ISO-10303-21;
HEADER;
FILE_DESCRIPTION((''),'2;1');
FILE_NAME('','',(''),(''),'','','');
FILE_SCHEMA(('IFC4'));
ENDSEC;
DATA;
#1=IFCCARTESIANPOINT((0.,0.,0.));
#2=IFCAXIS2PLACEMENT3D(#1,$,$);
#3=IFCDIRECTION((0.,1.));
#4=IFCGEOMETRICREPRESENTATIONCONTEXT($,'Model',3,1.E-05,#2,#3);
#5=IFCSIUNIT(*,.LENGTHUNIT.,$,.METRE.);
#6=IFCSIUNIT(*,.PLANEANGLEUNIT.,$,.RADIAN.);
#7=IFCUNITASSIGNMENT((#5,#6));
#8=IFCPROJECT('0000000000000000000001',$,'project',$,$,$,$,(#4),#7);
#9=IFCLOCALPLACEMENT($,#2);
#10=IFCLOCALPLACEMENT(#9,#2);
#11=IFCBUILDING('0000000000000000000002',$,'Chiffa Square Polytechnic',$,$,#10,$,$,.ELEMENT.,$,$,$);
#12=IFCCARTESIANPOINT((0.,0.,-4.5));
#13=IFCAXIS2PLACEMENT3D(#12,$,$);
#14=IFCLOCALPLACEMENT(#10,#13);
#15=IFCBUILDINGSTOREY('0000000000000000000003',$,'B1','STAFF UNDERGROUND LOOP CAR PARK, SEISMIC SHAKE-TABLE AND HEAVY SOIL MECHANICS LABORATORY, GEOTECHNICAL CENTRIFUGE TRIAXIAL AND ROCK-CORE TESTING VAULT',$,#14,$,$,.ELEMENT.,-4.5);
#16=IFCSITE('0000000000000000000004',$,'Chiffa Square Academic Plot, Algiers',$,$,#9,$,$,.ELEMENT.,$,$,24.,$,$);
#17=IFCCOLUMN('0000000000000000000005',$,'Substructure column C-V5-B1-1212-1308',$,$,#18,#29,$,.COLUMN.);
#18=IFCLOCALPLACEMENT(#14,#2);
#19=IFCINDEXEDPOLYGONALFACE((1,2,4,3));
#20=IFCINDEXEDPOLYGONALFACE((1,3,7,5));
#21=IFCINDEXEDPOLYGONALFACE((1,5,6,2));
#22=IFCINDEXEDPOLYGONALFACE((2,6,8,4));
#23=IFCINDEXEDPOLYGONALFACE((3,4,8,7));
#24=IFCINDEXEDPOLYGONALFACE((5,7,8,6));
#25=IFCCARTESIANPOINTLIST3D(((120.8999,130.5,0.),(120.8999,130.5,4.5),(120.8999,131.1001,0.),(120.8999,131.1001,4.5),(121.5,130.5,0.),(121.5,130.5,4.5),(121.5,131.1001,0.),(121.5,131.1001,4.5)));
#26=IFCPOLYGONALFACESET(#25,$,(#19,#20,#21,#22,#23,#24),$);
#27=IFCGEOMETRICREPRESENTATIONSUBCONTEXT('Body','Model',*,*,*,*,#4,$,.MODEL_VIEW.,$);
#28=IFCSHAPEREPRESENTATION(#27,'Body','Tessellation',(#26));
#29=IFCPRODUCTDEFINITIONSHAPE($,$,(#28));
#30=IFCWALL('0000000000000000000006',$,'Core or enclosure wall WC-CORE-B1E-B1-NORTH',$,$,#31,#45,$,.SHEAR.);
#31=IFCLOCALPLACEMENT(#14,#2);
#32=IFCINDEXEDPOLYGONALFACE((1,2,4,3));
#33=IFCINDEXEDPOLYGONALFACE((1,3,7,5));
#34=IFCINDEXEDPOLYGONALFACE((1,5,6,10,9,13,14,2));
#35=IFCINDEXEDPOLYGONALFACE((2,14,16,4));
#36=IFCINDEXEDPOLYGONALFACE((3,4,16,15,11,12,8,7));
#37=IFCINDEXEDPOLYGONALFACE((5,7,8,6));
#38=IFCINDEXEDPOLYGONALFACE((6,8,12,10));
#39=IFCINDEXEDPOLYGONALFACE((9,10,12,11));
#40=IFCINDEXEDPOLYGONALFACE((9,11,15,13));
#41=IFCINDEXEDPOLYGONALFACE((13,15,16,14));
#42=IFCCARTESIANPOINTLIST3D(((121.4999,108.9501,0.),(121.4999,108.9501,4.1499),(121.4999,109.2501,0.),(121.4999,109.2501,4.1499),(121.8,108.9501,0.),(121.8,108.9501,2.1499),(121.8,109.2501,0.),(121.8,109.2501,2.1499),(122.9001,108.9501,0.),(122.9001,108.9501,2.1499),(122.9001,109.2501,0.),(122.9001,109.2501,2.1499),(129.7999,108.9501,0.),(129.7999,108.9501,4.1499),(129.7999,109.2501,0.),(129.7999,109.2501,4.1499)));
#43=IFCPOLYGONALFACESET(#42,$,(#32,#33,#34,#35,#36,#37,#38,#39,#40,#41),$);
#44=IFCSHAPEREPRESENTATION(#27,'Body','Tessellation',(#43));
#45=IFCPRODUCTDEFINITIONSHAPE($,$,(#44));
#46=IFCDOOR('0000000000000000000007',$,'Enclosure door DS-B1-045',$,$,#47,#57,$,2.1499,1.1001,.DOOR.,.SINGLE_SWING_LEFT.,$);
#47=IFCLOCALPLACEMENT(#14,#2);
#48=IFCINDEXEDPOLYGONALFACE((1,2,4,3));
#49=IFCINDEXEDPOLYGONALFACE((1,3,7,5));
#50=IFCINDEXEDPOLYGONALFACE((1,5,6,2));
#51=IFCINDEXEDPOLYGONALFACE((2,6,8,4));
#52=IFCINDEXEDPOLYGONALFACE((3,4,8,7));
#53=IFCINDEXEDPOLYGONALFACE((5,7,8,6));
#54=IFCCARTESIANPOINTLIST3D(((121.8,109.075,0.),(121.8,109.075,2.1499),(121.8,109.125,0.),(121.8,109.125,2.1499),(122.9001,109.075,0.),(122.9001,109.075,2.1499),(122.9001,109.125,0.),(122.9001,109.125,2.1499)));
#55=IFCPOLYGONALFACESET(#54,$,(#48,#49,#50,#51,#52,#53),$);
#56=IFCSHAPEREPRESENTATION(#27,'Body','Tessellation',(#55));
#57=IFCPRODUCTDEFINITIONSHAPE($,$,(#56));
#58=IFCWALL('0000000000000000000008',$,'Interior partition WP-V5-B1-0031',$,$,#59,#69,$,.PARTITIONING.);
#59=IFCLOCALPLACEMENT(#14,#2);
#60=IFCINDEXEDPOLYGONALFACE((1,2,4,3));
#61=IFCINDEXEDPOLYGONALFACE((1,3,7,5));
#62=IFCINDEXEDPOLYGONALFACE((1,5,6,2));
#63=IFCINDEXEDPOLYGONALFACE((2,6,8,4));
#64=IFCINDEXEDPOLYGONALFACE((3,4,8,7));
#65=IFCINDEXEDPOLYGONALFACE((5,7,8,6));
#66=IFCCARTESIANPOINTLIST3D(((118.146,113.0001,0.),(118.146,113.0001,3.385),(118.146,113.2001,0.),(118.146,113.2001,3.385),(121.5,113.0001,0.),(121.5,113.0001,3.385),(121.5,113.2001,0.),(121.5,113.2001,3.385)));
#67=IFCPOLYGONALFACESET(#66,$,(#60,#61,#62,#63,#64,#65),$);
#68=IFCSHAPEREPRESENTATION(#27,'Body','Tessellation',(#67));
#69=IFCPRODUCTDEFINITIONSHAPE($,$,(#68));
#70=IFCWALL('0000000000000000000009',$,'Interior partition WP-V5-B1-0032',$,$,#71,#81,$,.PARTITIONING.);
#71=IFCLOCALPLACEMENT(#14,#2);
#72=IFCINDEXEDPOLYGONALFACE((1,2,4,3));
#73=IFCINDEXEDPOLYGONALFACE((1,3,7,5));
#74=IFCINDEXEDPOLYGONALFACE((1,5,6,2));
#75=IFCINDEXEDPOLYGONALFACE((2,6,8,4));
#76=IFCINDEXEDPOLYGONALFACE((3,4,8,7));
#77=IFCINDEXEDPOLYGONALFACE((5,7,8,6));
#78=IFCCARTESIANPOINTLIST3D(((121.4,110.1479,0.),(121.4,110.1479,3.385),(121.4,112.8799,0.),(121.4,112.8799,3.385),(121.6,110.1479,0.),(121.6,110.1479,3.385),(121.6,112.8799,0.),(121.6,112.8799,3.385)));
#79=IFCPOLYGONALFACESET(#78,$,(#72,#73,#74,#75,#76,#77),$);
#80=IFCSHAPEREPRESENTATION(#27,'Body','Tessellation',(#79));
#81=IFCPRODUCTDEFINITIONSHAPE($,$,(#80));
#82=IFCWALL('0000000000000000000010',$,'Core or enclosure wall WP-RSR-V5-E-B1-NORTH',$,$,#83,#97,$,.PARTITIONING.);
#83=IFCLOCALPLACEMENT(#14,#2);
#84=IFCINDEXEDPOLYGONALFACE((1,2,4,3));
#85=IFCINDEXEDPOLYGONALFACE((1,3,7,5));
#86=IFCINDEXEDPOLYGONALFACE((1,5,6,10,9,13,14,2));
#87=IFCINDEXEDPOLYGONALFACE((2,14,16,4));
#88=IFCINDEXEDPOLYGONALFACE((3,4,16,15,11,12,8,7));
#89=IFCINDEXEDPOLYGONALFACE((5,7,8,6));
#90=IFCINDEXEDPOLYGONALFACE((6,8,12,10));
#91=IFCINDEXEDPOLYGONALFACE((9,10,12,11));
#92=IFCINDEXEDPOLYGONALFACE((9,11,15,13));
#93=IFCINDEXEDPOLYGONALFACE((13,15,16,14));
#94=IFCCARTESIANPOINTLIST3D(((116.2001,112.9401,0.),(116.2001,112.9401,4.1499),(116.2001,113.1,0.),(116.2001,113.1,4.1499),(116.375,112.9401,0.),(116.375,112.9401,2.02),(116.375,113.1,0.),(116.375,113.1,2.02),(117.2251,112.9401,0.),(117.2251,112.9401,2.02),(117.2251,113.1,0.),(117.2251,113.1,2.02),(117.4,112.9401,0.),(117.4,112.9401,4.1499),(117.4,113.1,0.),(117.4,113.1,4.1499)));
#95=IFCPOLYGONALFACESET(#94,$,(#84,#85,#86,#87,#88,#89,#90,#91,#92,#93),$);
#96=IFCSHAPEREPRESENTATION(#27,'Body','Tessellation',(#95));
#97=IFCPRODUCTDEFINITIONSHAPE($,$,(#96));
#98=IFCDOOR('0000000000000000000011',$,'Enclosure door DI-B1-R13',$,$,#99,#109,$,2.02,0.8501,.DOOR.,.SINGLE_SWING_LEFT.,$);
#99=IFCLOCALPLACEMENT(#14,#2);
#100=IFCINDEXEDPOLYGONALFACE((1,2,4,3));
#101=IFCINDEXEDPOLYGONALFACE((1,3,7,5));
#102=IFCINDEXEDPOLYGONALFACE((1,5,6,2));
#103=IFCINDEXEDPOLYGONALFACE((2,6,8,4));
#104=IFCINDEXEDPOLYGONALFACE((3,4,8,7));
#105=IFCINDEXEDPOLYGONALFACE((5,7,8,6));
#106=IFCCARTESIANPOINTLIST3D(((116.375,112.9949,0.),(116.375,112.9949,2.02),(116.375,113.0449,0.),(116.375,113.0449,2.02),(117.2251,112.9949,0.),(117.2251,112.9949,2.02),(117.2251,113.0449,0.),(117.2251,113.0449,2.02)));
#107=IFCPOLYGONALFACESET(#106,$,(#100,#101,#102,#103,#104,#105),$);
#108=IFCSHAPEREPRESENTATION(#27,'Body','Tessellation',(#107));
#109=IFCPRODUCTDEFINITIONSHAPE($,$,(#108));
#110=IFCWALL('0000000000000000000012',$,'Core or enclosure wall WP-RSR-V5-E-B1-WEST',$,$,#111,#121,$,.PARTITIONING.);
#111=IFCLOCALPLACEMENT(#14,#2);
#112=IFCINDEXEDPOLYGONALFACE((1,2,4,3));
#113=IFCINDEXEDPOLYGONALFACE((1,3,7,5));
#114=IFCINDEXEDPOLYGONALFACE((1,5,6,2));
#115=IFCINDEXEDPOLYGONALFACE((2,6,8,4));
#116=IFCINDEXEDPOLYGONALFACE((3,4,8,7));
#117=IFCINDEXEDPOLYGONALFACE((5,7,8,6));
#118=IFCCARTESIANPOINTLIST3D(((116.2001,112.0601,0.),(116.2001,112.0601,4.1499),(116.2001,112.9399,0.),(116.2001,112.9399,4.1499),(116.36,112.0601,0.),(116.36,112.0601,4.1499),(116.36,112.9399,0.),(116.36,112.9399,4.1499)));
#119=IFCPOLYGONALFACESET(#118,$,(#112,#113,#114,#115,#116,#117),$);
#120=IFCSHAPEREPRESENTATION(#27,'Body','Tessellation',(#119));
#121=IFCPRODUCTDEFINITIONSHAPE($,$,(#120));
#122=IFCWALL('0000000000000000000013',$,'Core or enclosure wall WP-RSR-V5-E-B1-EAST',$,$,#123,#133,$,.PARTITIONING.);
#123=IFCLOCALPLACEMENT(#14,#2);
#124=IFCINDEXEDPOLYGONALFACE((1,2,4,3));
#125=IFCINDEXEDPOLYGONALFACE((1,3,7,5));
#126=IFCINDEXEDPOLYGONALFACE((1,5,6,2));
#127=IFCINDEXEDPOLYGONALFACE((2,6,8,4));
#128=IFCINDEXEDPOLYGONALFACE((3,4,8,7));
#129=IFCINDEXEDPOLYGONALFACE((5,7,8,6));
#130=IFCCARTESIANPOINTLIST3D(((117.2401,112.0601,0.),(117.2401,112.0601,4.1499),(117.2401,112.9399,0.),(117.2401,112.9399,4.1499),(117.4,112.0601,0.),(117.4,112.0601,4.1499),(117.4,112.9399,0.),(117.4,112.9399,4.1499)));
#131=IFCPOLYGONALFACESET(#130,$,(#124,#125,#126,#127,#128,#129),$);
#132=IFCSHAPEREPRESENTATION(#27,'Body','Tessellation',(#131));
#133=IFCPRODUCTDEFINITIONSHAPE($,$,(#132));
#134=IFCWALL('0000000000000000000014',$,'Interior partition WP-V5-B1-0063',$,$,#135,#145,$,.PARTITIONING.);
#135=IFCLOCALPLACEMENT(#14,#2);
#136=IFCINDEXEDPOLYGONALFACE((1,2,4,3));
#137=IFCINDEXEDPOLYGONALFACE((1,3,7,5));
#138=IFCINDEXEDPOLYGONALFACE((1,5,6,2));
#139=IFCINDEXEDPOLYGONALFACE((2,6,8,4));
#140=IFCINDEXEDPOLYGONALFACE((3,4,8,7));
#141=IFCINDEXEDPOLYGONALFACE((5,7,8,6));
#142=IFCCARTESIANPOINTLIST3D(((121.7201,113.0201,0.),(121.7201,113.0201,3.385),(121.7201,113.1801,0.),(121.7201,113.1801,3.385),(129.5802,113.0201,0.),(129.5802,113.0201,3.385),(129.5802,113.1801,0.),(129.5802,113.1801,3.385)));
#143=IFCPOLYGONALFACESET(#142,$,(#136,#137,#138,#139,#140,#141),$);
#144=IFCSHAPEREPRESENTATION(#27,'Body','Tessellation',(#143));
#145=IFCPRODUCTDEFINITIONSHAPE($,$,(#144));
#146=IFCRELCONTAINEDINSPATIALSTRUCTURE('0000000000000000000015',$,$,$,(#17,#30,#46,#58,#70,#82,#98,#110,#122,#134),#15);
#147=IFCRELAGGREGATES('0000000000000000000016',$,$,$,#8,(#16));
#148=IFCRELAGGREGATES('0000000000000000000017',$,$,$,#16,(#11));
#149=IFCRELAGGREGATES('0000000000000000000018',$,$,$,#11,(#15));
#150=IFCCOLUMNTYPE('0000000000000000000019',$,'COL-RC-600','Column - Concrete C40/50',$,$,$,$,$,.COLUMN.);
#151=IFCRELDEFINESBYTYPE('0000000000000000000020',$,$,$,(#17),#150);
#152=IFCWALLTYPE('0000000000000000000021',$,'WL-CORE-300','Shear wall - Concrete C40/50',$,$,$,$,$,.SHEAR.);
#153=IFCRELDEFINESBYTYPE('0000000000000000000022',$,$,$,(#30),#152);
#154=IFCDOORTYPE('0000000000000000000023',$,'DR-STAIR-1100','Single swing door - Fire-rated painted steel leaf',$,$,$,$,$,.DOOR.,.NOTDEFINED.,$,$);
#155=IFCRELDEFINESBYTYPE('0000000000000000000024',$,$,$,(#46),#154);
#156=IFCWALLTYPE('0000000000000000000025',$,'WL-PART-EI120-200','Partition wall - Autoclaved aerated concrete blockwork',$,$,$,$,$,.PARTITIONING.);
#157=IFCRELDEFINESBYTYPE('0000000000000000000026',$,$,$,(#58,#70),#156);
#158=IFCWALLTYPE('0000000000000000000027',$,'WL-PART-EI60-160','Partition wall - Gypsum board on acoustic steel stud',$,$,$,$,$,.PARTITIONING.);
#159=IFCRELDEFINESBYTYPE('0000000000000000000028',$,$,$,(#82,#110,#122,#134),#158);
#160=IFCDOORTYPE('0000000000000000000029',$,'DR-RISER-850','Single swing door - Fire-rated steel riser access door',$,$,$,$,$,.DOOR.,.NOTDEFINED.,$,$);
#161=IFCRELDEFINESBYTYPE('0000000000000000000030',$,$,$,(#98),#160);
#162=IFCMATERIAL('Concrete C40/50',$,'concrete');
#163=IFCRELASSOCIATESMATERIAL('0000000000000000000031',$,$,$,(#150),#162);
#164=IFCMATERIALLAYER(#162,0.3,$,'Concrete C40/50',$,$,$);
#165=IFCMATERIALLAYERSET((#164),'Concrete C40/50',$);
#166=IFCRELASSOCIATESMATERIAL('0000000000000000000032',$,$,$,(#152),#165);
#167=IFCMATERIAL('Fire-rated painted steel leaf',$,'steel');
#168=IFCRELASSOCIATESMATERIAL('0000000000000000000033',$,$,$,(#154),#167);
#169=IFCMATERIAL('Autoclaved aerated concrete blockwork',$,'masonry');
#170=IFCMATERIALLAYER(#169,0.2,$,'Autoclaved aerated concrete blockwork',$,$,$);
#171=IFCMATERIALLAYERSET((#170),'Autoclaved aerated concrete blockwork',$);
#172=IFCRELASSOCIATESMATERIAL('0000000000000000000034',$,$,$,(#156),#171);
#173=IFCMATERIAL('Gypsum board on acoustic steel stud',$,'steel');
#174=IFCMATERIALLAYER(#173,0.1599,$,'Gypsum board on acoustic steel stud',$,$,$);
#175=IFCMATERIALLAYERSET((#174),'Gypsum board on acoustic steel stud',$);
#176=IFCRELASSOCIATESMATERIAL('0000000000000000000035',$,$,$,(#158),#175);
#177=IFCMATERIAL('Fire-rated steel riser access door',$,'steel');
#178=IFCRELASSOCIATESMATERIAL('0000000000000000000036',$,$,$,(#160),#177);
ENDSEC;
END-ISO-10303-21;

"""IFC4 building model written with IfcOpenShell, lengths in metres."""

from ifc_helpers import new_model, si_unit, direction, frame, frame_2d, origin, origin_2d, place, context, subcontext, project, spatial, rectangle, extrude, material, layer, layer_set, material_profile, profile_set, type_object, element, fill, save


model = new_model("IFC4")

# Units and contexts
model_context = context("Model", 3, precision=1e-05, world=origin(), true_north=direction((0.0, 1.0)))
body_context = subcontext(model_context, "Body", "Model", "MODEL_VIEW")
ifc_project = project(units=[si_unit("LENGTHUNIT", "METRE"), si_unit("PLANEANGLEUNIT", "RADIAN")], contexts=[model_context])

# Site, building, storey
site_placement = place(None, origin())
site = spatial("IfcSite", under=ifc_project, at=site_placement, Name="Chiffa Square Academic Plot, Algiers", CompositionType="ELEMENT", RefElevation=24.0)
building_placement = place(site_placement, origin())
building = spatial("IfcBuilding", under=site, at=building_placement, Name="Chiffa Square Polytechnic", CompositionType="ELEMENT")
storey_placement = place(building_placement, frame((0.0, 0.0, -4.5)))
storey = spatial("IfcBuildingStorey", under=building, at=storey_placement, Name="B1", Description="STAFF UNDERGROUND LOOP CAR PARK, SEISMIC SHAKE-TABLE AND HEAVY SOIL MECHANICS LABORATORY, GEOTECHNICAL CENTRIFUGE TRIAXIAL AND ROCK-CORE TESTING VAULT", CompositionType="ELEMENT", Elevation=-4.5)

# Column
ifc_material_1 = material(Name="Concrete C40/50", Category="concrete")
ifc_material_profile_1 = material_profile(ifc_material_1, rectangle(XDim=0.6001, YDim=0.6001, at=origin_2d()), Name="RC 600x600")
ifc_profile_set_1 = profile_set([ifc_material_profile_1], Name="Concrete C40/50")
column_type = type_object("IfcColumnType", Name="COL-RC-600", Description="Column - Concrete C40/50", PredefinedType="COLUMN", material=ifc_profile_set_1)
for number, where, z_axis, x_axis, name in (
    (1, (121.2, 130.8, 0.0), (0.0, 0.0, 1.0), (1.0, 0.0, 0.0), "Substructure column C-V5-B1-1212-1308"),
):
    element("IfcColumn", number, at=place(storey_placement, frame(where, z_axis=z_axis, x_axis=x_axis)), inside=storey, type_object=column_type, Name=name, PredefinedType="COLUMN", context=body_context, shape_type="SweptSolid", body=[
        extrude(rectangle(XDim=0.6001, YDim=0.6001, at=origin_2d()), origin(), (0.0, 0.0, 1.0), 4.5),
    ])

# Wall, opening, door
ifc_layer_1 = layer(ifc_material_1, 0.3, Name="Concrete C40/50")
ifc_layer_set_1 = layer_set([ifc_layer_1], Name="Concrete C40/50")
wall_type_1 = type_object("IfcWallType", Name="WL-CORE-300", Description="Shear wall - Concrete C40/50", PredefinedType="SHEAR", material=ifc_layer_set_1)
wall_1_placement = place(storey_placement, frame((121.5, 109.1001, 0.0), z_axis=(0.0, 0.0, 1.0), x_axis=(1.0, 0.0, 0.0)))
wall_1 = element("IfcWall", 2, at=wall_1_placement, inside=storey, type_object=wall_type_1, Name="Core or enclosure wall WC-CORE-B1E-B1-NORTH", PredefinedType="SHEAR", context=body_context, shape_type="SweptSolid", body=[
    extrude(rectangle(XDim=8.3, YDim=0.3, at=frame_2d((4.1499, 0.0))), origin(), (0.0, 0.0, 1.0), 4.1499),
])
opening_1_placement = place(wall_1_placement, frame((0.3, 0.0, 0.0)))
opening_1 = element("IfcOpeningElement", 3, at=opening_1_placement, cuts=wall_1, PredefinedType="OPENING", context=body_context, shape_type="SweptSolid", body=[
    extrude(rectangle(XDim=1.1001, YDim=2.1499, at=frame_2d((0.55, 1.075))), frame((0.0, 0.1602, 0.0), z_axis=(0.0, -1.0, 0.0), x_axis=(1.0, 0.0, 0.0)), (0.0, 0.0, 1.0), 0.3201),
])
ifc_material_2 = material(Name="Fire-rated painted steel leaf", Category="steel")
door_type_1 = type_object("IfcDoorType", Name="DR-STAIR-1100", Description="Single swing door - Fire-rated painted steel leaf", OperationType="NOTDEFINED", PredefinedType="DOOR", material=ifc_material_2)
door_1_placement = place(opening_1_placement, origin())
door_1 = element("IfcDoor", 4, at=door_1_placement, inside=storey, type_object=door_type_1, Name="Enclosure door DS-B1-045", OperationType="SINGLE_SWING_LEFT", OverallHeight=2.1499, OverallWidth=1.1001, PredefinedType="DOOR", context=body_context, shape_type="SweptSolid", body=[
    extrude(rectangle(XDim=1.1001, YDim=2.1499, at=frame_2d((0.55, 1.075))), frame((0.0, 0.0249, 0.0), z_axis=(0.0, -1.0, 0.0), x_axis=(1.0, 0.0, 0.0)), (0.0, 0.0, 1.0), 0.05),
])
fill(opening_1, door_1)

# Walls
ifc_material_3 = material(Name="Autoclaved aerated concrete blockwork", Category="masonry")
ifc_layer_2 = layer(ifc_material_3, 0.2, Name="Autoclaved aerated concrete blockwork")
ifc_layer_set_2 = layer_set([ifc_layer_2], Name="Autoclaved aerated concrete blockwork")
wall_type_2 = type_object("IfcWallType", Name="WL-PART-EI120-200", Description="Partition wall - Autoclaved aerated concrete blockwork", PredefinedType="PARTITIONING", material=ifc_layer_set_2)
wall_2_placement = place(storey_placement, frame((118.146, 113.1001, 0.0), z_axis=(0.0, 0.0, 1.0), x_axis=(1.0, 0.0, 0.0)))
element("IfcWall", 5, at=wall_2_placement, inside=storey, type_object=wall_type_2, Name="Interior partition WP-V5-B1-0031", PredefinedType="PARTITIONING", context=body_context, shape_type="SweptSolid", body=[
    extrude(rectangle(XDim=3.354, YDim=0.2, at=frame_2d((1.677, 0.0))), origin(), (0.0, 0.0, 1.0), 3.385),
])
wall_3_placement = place(storey_placement, frame((121.5, 110.1479, 0.0), z_axis=(0.0, 0.0, 1.0), x_axis=(0.0, 1.0, 0.0)))
element("IfcWall", 6, at=wall_3_placement, inside=storey, type_object=wall_type_2, Name="Interior partition WP-V5-B1-0032", PredefinedType="PARTITIONING", context=body_context, shape_type="SweptSolid", body=[
    extrude(rectangle(XDim=2.7319, YDim=0.2, at=frame_2d((1.366, 0.0))), origin(), (0.0, 0.0, 1.0), 3.385),
])

# Wall, opening, door
ifc_material_4 = material(Name="Gypsum board on acoustic steel stud", Category="steel")
ifc_layer_3 = layer(ifc_material_4, 0.1599, Name="Gypsum board on acoustic steel stud")
ifc_layer_set_3 = layer_set([ifc_layer_3], Name="Gypsum board on acoustic steel stud")
wall_type_3 = type_object("IfcWallType", Name="WL-PART-EI60-160", Description="Partition wall - Gypsum board on acoustic steel stud", PredefinedType="PARTITIONING", material=ifc_layer_set_3)
wall_4_placement = place(storey_placement, frame((116.2, 113.02, 0.0), z_axis=(0.0, 0.0, 1.0), x_axis=(1.0, 0.0, 0.0)))
wall_4 = element("IfcWall", 7, at=wall_4_placement, inside=storey, type_object=wall_type_3, Name="Core or enclosure wall WP-RSR-V5-E-B1-NORTH", PredefinedType="PARTITIONING", context=body_context, shape_type="SweptSolid", body=[
    extrude(rectangle(XDim=1.2, YDim=0.1599, at=frame_2d((0.6001, 0.0))), origin(), (0.0, 0.0, 1.0), 4.1499),
])
opening_2_placement = place(wall_4_placement, frame((0.175, 0.0, 0.0)))
opening_2 = element("IfcOpeningElement", 8, at=opening_2_placement, cuts=wall_4, PredefinedType="OPENING", context=body_context, shape_type="SweptSolid", body=[
    extrude(rectangle(XDim=0.8501, YDim=2.02, at=frame_2d((0.425, 1.01))), frame((0.0, 0.0898, 0.0), z_axis=(0.0, -1.0, 0.0), x_axis=(1.0, 0.0, 0.0)), (0.0, 0.0, 1.0), 0.1799),
])
ifc_material_5 = material(Name="Fire-rated steel riser access door", Category="steel")
door_type_2 = type_object("IfcDoorType", Name="DR-RISER-850", Description="Single swing door - Fire-rated steel riser access door", OperationType="NOTDEFINED", PredefinedType="DOOR", material=ifc_material_5)
door_2_placement = place(opening_2_placement, origin())
door_2 = element("IfcDoor", 9, at=door_2_placement, inside=storey, type_object=door_type_2, Name="Enclosure door DI-B1-R13", OperationType="SINGLE_SWING_LEFT", OverallHeight=2.02, OverallWidth=0.8501, PredefinedType="DOOR", context=body_context, shape_type="SweptSolid", body=[
    extrude(rectangle(XDim=0.8501, YDim=2.02, at=frame_2d((0.425, 1.01))), frame((0.0, 0.0249, 0.0), z_axis=(0.0, -1.0, 0.0), x_axis=(1.0, 0.0, 0.0)), (0.0, 0.0, 1.0), 0.05),
])
fill(opening_2, door_2)

# Walls
for number, where, z_axis, x_axis, name in (
    (10, (116.28, 112.0601, 0.0), (0.0, 0.0, 1.0), (0.0, 1.0, 0.0), "Core or enclosure wall WP-RSR-V5-E-B1-WEST"),
    (11, (117.3201, 112.0601, 0.0), (0.0, 0.0, 1.0), (0.0, 1.0, 0.0), "Core or enclosure wall WP-RSR-V5-E-B1-EAST"),
):
    element("IfcWall", number, at=place(storey_placement, frame(where, z_axis=z_axis, x_axis=x_axis)), inside=storey, type_object=wall_type_3, Name=name, PredefinedType="PARTITIONING", context=body_context, shape_type="SweptSolid", body=[
        extrude(rectangle(XDim=0.8799, YDim=0.1599, at=frame_2d((0.4399, 0.0))), origin(), (0.0, 0.0, 1.0), 4.1499),
    ])
wall_5_placement = place(storey_placement, frame((121.72, 113.1001, 0.0), z_axis=(0.0, 0.0, 1.0), x_axis=(1.0, 0.0, 0.0)))
element("IfcWall", 12, at=wall_5_placement, inside=storey, type_object=wall_type_3, Name="Interior partition WP-V5-B1-0063", PredefinedType="PARTITIONING", context=body_context, shape_type="SweptSolid", body=[
    extrude(rectangle(XDim=7.8601, YDim=0.1599, at=frame_2d((3.9302, 0.0))), origin(), (0.0, 0.0, 1.0), 3.385),
])

save(model, "model.ifc")
